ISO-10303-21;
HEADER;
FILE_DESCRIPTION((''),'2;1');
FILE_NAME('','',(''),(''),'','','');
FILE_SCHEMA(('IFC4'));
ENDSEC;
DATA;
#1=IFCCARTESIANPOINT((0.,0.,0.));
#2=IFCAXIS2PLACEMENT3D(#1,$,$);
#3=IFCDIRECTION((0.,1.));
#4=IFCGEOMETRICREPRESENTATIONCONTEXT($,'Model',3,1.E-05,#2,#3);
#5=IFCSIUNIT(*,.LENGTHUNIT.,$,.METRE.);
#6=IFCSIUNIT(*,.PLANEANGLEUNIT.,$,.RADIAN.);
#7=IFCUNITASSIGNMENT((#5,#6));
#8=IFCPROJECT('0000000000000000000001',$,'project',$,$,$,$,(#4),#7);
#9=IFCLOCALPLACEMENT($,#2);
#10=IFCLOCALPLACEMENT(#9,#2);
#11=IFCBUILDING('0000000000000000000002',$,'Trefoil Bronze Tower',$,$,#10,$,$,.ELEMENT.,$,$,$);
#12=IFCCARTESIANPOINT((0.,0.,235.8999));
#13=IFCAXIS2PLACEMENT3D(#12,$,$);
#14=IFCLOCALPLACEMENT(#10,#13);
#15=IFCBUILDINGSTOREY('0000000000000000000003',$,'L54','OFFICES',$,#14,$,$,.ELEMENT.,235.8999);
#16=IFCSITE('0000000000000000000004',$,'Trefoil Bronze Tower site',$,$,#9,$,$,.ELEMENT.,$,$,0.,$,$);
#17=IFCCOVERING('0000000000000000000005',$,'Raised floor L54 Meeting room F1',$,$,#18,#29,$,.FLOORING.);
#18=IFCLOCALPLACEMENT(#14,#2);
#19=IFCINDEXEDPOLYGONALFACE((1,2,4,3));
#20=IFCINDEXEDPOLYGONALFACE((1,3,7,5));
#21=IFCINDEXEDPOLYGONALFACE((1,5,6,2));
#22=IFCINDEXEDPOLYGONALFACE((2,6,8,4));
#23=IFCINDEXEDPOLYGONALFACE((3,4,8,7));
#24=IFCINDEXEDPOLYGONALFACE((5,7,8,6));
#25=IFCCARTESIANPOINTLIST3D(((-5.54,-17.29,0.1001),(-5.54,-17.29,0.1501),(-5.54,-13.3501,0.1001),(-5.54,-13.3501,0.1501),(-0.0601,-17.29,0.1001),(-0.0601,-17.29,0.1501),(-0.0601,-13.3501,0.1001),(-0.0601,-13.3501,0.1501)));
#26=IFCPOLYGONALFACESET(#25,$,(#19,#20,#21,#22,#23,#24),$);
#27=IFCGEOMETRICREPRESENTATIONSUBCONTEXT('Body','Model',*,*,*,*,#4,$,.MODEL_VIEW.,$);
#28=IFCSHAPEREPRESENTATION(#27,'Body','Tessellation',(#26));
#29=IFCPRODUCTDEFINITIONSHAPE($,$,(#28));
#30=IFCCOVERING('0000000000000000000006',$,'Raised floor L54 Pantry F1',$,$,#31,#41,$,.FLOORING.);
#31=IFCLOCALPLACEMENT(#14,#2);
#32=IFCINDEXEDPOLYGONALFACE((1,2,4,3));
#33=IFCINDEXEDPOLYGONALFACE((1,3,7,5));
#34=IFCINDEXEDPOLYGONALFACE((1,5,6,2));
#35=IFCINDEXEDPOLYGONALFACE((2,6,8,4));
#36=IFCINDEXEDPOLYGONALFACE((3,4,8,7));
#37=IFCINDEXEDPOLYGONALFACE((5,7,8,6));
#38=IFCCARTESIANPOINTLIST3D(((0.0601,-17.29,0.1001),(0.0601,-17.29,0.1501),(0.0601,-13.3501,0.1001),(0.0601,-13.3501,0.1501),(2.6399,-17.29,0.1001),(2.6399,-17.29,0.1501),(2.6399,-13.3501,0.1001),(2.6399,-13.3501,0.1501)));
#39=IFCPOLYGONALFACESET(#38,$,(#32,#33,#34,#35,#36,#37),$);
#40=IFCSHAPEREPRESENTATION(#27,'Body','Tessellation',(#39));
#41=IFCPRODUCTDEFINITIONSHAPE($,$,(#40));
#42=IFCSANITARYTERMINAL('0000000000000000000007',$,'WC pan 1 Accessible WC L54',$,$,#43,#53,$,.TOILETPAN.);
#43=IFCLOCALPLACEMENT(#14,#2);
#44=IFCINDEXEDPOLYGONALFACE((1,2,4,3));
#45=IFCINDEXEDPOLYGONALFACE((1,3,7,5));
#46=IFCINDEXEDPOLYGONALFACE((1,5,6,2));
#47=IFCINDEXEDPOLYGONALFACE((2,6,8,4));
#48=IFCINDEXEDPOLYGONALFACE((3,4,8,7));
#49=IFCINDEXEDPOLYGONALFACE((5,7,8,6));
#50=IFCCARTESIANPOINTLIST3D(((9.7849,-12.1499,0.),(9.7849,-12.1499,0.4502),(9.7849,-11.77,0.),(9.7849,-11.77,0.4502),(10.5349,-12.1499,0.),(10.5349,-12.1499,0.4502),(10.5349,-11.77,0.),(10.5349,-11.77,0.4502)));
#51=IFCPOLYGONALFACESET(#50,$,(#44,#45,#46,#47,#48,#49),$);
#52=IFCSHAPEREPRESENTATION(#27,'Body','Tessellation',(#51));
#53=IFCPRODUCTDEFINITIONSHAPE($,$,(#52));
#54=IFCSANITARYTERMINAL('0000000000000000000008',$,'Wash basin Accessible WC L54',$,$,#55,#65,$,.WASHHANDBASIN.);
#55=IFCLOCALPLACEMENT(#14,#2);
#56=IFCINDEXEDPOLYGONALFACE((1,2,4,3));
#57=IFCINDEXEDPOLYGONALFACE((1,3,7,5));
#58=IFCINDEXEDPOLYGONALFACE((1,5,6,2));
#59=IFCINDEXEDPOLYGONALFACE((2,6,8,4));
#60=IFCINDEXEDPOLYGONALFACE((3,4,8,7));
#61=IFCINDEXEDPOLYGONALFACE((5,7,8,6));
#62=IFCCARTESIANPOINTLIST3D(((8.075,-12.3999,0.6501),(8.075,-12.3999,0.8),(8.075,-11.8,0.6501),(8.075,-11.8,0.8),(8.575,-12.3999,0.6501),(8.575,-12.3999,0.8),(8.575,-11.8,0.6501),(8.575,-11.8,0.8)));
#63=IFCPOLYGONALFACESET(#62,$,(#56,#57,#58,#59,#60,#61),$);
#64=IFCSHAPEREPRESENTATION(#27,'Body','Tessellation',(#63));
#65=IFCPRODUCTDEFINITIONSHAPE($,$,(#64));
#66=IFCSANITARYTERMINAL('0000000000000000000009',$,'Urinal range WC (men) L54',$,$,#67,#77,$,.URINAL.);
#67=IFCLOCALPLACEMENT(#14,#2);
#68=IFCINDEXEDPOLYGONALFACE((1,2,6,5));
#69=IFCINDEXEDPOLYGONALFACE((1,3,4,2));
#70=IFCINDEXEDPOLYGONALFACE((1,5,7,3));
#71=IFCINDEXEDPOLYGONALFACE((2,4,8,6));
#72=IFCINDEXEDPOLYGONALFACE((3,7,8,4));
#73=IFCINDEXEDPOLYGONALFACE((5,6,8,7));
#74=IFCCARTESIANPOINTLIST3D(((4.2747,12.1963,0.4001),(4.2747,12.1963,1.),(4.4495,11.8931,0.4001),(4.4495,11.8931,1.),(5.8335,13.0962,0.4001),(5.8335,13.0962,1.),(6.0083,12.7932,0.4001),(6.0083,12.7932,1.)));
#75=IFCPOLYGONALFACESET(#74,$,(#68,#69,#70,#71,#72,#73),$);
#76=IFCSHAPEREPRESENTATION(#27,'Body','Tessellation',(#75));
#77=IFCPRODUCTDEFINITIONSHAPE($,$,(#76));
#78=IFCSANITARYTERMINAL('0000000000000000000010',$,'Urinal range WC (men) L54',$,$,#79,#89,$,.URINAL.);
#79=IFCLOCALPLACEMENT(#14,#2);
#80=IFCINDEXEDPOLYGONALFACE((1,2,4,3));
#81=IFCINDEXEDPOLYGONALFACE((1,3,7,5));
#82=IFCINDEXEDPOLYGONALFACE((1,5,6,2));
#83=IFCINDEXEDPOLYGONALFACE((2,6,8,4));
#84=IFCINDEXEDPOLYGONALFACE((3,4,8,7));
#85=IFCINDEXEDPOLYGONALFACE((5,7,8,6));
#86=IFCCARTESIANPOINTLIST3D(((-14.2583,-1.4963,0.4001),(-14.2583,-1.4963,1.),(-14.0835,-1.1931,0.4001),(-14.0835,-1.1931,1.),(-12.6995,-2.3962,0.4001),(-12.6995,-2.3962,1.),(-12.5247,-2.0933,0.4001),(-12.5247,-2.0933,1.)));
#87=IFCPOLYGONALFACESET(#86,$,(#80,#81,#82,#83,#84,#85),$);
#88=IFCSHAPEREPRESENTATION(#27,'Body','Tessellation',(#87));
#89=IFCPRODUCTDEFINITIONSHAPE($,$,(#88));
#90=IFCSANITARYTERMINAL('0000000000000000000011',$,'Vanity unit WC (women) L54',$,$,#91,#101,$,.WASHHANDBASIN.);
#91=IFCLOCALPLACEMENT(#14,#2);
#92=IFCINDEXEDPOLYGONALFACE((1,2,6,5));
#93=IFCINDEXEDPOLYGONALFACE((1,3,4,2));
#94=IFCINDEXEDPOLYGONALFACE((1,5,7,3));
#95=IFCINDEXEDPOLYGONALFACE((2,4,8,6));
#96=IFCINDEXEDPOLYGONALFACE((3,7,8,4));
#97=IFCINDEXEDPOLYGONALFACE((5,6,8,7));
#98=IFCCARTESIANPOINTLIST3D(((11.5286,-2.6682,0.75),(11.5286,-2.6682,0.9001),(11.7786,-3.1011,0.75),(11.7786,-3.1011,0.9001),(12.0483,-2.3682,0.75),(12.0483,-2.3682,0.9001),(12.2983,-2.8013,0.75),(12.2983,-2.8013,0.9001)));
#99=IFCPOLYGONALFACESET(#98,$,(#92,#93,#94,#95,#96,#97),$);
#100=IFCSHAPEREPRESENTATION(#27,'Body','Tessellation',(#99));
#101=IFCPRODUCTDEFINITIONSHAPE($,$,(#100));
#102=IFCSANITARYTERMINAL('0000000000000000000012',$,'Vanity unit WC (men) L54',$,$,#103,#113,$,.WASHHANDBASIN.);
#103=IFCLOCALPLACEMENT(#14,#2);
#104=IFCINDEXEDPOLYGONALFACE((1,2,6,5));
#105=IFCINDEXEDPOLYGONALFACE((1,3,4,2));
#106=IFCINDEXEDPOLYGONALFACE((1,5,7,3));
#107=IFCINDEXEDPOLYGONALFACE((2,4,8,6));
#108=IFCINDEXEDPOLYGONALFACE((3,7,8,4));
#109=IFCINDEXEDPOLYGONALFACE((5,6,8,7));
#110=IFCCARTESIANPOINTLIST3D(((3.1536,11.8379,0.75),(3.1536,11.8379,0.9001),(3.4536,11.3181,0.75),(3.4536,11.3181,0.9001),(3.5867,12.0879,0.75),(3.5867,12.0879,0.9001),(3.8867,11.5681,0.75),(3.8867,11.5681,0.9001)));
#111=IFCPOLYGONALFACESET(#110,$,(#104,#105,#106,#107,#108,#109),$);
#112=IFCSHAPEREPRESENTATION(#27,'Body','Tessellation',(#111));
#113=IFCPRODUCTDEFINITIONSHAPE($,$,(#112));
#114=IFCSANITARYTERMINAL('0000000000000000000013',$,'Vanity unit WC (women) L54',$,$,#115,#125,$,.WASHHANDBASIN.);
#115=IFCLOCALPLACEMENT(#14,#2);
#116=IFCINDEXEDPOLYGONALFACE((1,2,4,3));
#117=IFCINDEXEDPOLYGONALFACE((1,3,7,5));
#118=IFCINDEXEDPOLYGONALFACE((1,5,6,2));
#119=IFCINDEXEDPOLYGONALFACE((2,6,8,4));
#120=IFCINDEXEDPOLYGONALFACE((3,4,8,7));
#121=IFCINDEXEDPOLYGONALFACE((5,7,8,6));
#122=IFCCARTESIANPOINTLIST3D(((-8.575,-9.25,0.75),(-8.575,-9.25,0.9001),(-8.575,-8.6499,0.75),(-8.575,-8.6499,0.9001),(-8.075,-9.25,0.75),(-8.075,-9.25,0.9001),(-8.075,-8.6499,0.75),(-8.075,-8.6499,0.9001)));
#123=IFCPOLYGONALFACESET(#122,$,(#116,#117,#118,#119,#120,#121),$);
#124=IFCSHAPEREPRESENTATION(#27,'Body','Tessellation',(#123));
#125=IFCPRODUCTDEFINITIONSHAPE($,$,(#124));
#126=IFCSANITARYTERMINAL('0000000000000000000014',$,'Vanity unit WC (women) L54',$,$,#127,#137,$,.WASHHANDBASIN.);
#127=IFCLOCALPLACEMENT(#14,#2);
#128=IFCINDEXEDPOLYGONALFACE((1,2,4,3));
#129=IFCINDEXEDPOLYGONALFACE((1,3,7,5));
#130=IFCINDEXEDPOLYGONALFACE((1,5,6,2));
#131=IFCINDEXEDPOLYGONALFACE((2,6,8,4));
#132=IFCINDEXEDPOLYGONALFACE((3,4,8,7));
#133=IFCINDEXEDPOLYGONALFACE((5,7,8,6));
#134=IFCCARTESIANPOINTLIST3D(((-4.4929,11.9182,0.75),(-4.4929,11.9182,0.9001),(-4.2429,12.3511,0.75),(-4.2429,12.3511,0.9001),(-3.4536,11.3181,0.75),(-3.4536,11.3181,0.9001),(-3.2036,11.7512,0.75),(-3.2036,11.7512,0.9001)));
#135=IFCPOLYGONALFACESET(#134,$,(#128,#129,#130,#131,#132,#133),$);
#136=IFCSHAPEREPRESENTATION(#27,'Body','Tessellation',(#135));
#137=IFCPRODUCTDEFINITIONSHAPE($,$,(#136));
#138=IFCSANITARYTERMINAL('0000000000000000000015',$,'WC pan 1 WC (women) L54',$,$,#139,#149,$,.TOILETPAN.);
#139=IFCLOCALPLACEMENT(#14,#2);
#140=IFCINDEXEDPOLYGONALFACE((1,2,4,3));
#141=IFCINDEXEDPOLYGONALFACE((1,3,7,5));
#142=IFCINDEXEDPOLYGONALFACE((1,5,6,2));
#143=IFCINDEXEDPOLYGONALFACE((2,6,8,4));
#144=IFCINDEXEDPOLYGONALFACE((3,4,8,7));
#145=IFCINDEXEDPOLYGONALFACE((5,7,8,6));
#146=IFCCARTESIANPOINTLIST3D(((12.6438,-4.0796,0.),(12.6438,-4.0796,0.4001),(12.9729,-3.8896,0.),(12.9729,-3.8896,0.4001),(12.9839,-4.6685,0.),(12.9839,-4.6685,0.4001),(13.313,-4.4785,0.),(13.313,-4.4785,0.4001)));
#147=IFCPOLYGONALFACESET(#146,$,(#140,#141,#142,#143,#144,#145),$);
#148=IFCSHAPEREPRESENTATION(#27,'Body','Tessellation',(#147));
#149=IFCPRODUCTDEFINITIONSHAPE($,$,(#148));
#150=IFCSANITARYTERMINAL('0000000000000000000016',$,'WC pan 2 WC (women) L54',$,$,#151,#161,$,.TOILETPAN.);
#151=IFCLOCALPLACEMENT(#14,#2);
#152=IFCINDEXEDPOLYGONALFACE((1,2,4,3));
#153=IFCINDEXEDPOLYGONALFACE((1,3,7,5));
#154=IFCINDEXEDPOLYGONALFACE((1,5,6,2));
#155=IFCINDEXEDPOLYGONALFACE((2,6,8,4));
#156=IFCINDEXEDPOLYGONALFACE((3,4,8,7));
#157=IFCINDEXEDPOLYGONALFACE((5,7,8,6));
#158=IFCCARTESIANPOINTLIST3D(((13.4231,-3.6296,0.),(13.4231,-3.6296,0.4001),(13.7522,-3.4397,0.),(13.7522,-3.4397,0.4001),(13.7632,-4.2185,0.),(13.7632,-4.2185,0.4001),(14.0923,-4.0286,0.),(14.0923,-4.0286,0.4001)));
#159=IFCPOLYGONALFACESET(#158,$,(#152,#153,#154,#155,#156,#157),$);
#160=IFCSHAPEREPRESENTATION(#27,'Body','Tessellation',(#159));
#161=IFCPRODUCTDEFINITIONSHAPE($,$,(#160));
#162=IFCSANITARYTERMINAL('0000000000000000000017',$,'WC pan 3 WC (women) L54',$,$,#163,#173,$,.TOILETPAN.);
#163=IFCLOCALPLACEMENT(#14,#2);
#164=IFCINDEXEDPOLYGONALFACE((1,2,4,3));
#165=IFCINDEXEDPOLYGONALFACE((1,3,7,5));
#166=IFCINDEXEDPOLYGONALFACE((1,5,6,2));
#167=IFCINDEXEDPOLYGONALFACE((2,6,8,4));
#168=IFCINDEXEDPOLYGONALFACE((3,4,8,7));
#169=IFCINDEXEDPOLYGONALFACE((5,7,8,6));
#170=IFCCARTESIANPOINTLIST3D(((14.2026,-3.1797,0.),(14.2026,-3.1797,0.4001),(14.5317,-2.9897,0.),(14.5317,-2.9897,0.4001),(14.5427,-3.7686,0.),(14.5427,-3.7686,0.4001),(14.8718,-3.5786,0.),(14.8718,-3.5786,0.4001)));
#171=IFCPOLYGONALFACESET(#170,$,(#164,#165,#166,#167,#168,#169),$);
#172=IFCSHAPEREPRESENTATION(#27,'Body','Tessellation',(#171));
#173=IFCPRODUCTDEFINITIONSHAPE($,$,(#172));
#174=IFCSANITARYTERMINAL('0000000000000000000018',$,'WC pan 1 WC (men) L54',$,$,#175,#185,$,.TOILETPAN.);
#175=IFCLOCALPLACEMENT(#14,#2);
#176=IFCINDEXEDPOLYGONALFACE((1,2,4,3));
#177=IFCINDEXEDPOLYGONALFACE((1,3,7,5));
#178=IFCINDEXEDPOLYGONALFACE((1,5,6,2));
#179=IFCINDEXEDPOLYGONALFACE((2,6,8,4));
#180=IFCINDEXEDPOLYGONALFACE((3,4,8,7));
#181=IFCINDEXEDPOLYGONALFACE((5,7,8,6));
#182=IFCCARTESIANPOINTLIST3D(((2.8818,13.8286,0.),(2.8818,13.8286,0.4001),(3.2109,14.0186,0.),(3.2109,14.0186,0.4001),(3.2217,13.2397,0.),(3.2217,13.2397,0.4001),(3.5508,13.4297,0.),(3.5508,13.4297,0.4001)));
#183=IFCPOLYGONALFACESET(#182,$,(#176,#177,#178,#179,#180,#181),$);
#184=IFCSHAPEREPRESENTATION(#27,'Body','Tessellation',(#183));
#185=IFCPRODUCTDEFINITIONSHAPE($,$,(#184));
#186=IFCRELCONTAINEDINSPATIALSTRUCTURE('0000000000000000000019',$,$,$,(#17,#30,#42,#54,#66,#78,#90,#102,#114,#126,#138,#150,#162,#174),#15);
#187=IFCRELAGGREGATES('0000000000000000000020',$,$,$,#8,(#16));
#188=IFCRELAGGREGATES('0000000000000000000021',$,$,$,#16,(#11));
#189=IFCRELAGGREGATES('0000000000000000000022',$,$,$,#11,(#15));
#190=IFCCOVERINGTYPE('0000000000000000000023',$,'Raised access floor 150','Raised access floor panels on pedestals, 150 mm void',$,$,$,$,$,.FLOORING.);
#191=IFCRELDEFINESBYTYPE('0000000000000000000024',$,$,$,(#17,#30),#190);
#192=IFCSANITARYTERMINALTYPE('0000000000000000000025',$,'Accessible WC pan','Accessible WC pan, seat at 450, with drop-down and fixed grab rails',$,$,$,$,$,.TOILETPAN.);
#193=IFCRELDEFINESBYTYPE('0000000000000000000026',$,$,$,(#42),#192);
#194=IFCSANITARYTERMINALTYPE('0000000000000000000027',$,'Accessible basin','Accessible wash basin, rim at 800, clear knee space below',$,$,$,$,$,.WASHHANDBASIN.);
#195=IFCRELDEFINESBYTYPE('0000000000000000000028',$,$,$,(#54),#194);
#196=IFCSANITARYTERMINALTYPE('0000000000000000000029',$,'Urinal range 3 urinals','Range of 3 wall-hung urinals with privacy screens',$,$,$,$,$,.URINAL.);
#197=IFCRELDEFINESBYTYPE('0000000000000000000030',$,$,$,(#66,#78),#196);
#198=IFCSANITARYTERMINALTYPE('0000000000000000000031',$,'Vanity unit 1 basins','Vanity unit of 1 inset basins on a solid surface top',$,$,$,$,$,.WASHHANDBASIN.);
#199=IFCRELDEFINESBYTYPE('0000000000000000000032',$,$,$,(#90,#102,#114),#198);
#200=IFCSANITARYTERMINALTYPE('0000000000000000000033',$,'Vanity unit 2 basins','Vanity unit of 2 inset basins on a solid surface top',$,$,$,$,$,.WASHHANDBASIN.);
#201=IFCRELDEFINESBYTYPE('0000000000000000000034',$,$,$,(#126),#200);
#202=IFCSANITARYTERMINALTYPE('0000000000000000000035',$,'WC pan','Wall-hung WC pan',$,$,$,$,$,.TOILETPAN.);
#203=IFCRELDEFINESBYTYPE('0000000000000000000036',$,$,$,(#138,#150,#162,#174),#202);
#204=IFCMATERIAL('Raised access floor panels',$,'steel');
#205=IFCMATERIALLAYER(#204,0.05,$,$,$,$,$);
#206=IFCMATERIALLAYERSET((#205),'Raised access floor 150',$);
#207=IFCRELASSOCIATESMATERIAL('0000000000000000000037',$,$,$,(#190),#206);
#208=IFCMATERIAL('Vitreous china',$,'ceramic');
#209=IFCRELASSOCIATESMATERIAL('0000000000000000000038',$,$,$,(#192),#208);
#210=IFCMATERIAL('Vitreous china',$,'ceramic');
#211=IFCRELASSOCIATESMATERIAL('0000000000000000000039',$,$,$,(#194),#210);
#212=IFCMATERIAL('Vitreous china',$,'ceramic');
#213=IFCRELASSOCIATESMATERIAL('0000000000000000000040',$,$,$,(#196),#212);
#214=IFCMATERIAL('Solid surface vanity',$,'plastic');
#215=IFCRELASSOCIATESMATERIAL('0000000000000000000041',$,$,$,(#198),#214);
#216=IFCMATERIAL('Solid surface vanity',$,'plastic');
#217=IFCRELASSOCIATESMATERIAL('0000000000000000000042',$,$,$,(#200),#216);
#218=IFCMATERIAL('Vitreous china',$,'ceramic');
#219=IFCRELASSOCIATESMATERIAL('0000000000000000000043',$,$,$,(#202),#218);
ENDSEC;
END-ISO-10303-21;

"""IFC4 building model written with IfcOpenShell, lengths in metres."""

from ifc_helpers import new_model, si_unit, direction, frame, origin, place, context, subcontext, project, spatial, polyline, outline, extrude, material, layer, layer_set, type_object, element, save


model = new_model("IFC4")

# Units and contexts
model_context = context("Model", 3, precision=1e-05, world=origin(), true_north=direction((0.0, 1.0)))
body_context = subcontext(model_context, "Body", "Model", "MODEL_VIEW")
ifc_project = project(units=[si_unit("LENGTHUNIT", "METRE"), si_unit("PLANEANGLEUNIT", "RADIAN")], contexts=[model_context])

# Site, building, storey
site_placement = place(None, origin())
site = spatial("IfcSite", under=ifc_project, at=site_placement, Name="Trefoil Bronze Tower site", CompositionType="ELEMENT", RefElevation=0.0)
building_placement = place(site_placement, origin())
building = spatial("IfcBuilding", under=site, at=building_placement, Name="Trefoil Bronze Tower", CompositionType="ELEMENT")
storey_placement = place(building_placement, frame((0.0, 0.0, 235.8999)))
storey = spatial("IfcBuildingStorey", under=building, at=storey_placement, Name="L54", Description="OFFICES", CompositionType="ELEMENT", Elevation=235.8999)

# Coverings
ifc_material_1 = material(Name="Raised access floor panels", Category="steel")
ifc_layer_1 = layer(ifc_material_1, 0.05)
ifc_layer_set_1 = layer_set([ifc_layer_1], Name="Raised access floor 150")
covering_type_1 = type_object("IfcCoveringType", Name="Raised access floor 150", Description="Raised access floor panels on pedestals, 150 mm void", PredefinedType="FLOORING", material=ifc_layer_set_1)
covering_1_placement = place(storey_placement, frame((0.0, 0.0, 0.1001)))
element("IfcCovering", 1, at=covering_1_placement, inside=storey, type_object=covering_type_1, Name="Raised floor L54 Meeting room F1", PredefinedType="FLOORING", context=body_context, shape_type="SweptSolid", body=[
    extrude(outline(polyline([(-0.0601, -13.3501), (-0.0601, -17.29), (-5.54, -17.29), (-5.54, -13.3501), (-0.0601, -13.3501)])), origin(), (0.0, 0.0, 1.0), 0.05),
])
covering_2_placement = place(storey_placement, frame((0.0, 0.0, 0.1001)))
element("IfcCovering", 2, at=covering_2_placement, inside=storey, type_object=covering_type_1, Name="Raised floor L54 Pantry F1", PredefinedType="FLOORING", context=body_context, shape_type="SweptSolid", body=[
    extrude(outline(polyline([(2.6399, -13.3501), (2.6399, -17.29), (0.0601, -17.29), (0.0601, -13.3501), (2.6399, -13.3501)])), origin(), (0.0, 0.0, 1.0), 0.05),
])

# Sanitary terminals
ifc_material_2 = material(Name="Vitreous china", Category="ceramic")
sanitary_terminal_type_1 = type_object("IfcSanitaryTerminalType", Name="Accessible WC pan", Description="Accessible WC pan, seat at 450, with drop-down and fixed grab rails", PredefinedType="TOILETPAN", material=ifc_material_2)
sanitary_terminal_1_placement = place(storey_placement, origin())
element("IfcSanitaryTerminal", 3, at=sanitary_terminal_1_placement, inside=storey, type_object=sanitary_terminal_type_1, Name="WC pan 1 Accessible WC L54", PredefinedType="TOILETPAN", context=body_context, shape_type="SweptSolid", body=[
    extrude(outline(polyline([(9.7849, -11.77), (10.5349, -11.77), (10.5349, -12.1499), (9.7849, -12.1499), (9.7849, -11.77)])), origin(), (0.0, 0.0, 1.0), 0.4502),
])
ifc_material_3 = material(Name="Vitreous china", Category="ceramic")
sanitary_terminal_type_2 = type_object("IfcSanitaryTerminalType", Name="Accessible basin", Description="Accessible wash basin, rim at 800, clear knee space below", PredefinedType="WASHHANDBASIN", material=ifc_material_3)
sanitary_terminal_2_placement = place(storey_placement, frame((0.0, 0.0, 0.6501)))
element("IfcSanitaryTerminal", 4, at=sanitary_terminal_2_placement, inside=storey, type_object=sanitary_terminal_type_2, Name="Wash basin Accessible WC L54", PredefinedType="WASHHANDBASIN", context=body_context, shape_type="SweptSolid", body=[
    extrude(outline(polyline([(8.075, -11.8), (8.575, -11.8), (8.575, -12.3999), (8.075, -12.3999), (8.075, -11.8)])), origin(), (0.0, 0.0, 1.0), 0.1499),
])
ifc_material_4 = material(Name="Vitreous china", Category="ceramic")
sanitary_terminal_type_3 = type_object("IfcSanitaryTerminalType", Name="Urinal range 3 urinals", Description="Range of 3 wall-hung urinals with privacy screens", PredefinedType="URINAL", material=ifc_material_4)
sanitary_terminal_3_placement = place(storey_placement, frame((0.0, 0.0, 0.4001)))
element("IfcSanitaryTerminal", 5, at=sanitary_terminal_3_placement, inside=storey, type_object=sanitary_terminal_type_3, Name="Urinal range WC (men) L54", PredefinedType="URINAL", context=body_context, shape_type="SweptSolid", body=[
    extrude(outline(polyline([(4.4495, 11.8931), (4.2747, 12.1963), (5.8335, 13.0962), (6.0083, 12.7932), (4.4495, 11.8931)])), origin(), (0.0, 0.0, 1.0), 0.5999),
])
sanitary_terminal_4_placement = place(storey_placement, frame((0.0, 0.0, 0.4001)))
element("IfcSanitaryTerminal", 6, at=sanitary_terminal_4_placement, inside=storey, type_object=sanitary_terminal_type_3, Name="Urinal range WC (men) L54", PredefinedType="URINAL", context=body_context, shape_type="SweptSolid", body=[
    extrude(outline(polyline([(-12.5247, -2.0933), (-12.6995, -2.3962), (-14.2583, -1.4963), (-14.0835, -1.1931), (-12.5247, -2.0933)])), origin(), (0.0, 0.0, 1.0), 0.5999),
])
ifc_material_5 = material(Name="Solid surface vanity", Category="plastic")
sanitary_terminal_type_4 = type_object("IfcSanitaryTerminalType", Name="Vanity unit 1 basins", Description="Vanity unit of 1 inset basins on a solid surface top", PredefinedType="WASHHANDBASIN", material=ifc_material_5)
sanitary_terminal_5_placement = place(storey_placement, frame((0.0, 0.0, 0.75)))
element("IfcSanitaryTerminal", 7, at=sanitary_terminal_5_placement, inside=storey, type_object=sanitary_terminal_type_4, Name="Vanity unit WC (women) L54", PredefinedType="WASHHANDBASIN", context=body_context, shape_type="SweptSolid", body=[
    extrude(outline(polyline([(11.5286, -2.6682), (11.7786, -3.1011), (12.2983, -2.8013), (12.0483, -2.3682), (11.5286, -2.6682)])), origin(), (0.0, 0.0, 1.0), 0.1501),
])
sanitary_terminal_6_placement = place(storey_placement, frame((0.0, 0.0, 0.75)))
element("IfcSanitaryTerminal", 8, at=sanitary_terminal_6_placement, inside=storey, type_object=sanitary_terminal_type_4, Name="Vanity unit WC (men) L54", PredefinedType="WASHHANDBASIN", context=body_context, shape_type="SweptSolid", body=[
    extrude(outline(polyline([(3.4536, 11.3181), (3.1536, 11.8379), (3.5867, 12.0879), (3.8867, 11.5681), (3.4536, 11.3181)])), origin(), (0.0, 0.0, 1.0), 0.1501),
])
sanitary_terminal_7_placement = place(storey_placement, frame((0.0, 0.0, 0.75)))
element("IfcSanitaryTerminal", 9, at=sanitary_terminal_7_placement, inside=storey, type_object=sanitary_terminal_type_4, Name="Vanity unit WC (women) L54", PredefinedType="WASHHANDBASIN", context=body_context, shape_type="SweptSolid", body=[
    extrude(outline(polyline([(-8.075, -8.6499), (-8.575, -8.6499), (-8.575, -9.25), (-8.075, -9.25), (-8.075, -8.6499)])), origin(), (0.0, 0.0, 1.0), 0.1501),
])
ifc_material_6 = material(Name="Solid surface vanity", Category="plastic")
sanitary_terminal_type_5 = type_object("IfcSanitaryTerminalType", Name="Vanity unit 2 basins", Description="Vanity unit of 2 inset basins on a solid surface top", PredefinedType="WASHHANDBASIN", material=ifc_material_6)
sanitary_terminal_8_placement = place(storey_placement, frame((0.0, 0.0, 0.75)))
element("IfcSanitaryTerminal", 10, at=sanitary_terminal_8_placement, inside=storey, type_object=sanitary_terminal_type_5, Name="Vanity unit WC (women) L54", PredefinedType="WASHHANDBASIN", context=body_context, shape_type="SweptSolid", body=[
    extrude(outline(polyline([(-3.4536, 11.3181), (-3.2036, 11.7512), (-4.2429, 12.3511), (-4.4929, 11.9182), (-3.4536, 11.3181)])), origin(), (0.0, 0.0, 1.0), 0.1501),
])
ifc_material_7 = material(Name="Vitreous china", Category="ceramic")
sanitary_terminal_type_6 = type_object("IfcSanitaryTerminalType", Name="WC pan", Description="Wall-hung WC pan", PredefinedType="TOILETPAN", material=ifc_material_7)
sanitary_terminal_9_placement = place(storey_placement, origin())
element("IfcSanitaryTerminal", 11, at=sanitary_terminal_9_placement, inside=storey, type_object=sanitary_terminal_type_6, Name="WC pan 1 WC (women) L54", PredefinedType="TOILETPAN", context=body_context, shape_type="SweptSolid", body=[
    extrude(outline(polyline([(12.6438, -4.0796), (12.9839, -4.6685), (13.313, -4.4785), (12.9729, -3.8896), (12.6438, -4.0796)])), origin(), (0.0, 0.0, 1.0), 0.4001),
])
sanitary_terminal_10_placement = place(storey_placement, origin())
element("IfcSanitaryTerminal", 12, at=sanitary_terminal_10_placement, inside=storey, type_object=sanitary_terminal_type_6, Name="WC pan 2 WC (women) L54", PredefinedType="TOILETPAN", context=body_context, shape_type="SweptSolid", body=[
    extrude(outline(polyline([(13.4231, -3.6296), (13.7632, -4.2185), (14.0923, -4.0286), (13.7522, -3.4397), (13.4231, -3.6296)])), origin(), (0.0, 0.0, 1.0), 0.4001),
])
sanitary_terminal_11_placement = place(storey_placement, origin())
element("IfcSanitaryTerminal", 13, at=sanitary_terminal_11_placement, inside=storey, type_object=sanitary_terminal_type_6, Name="WC pan 3 WC (women) L54", PredefinedType="TOILETPAN", context=body_context, shape_type="SweptSolid", body=[
    extrude(outline(polyline([(14.2026, -3.1797), (14.5427, -3.7686), (14.8718, -3.5786), (14.5317, -2.9897), (14.2026, -3.1797)])), origin(), (0.0, 0.0, 1.0), 0.4001),
])
sanitary_terminal_12_placement = place(storey_placement, origin())
element("IfcSanitaryTerminal", 14, at=sanitary_terminal_12_placement, inside=storey, type_object=sanitary_terminal_type_6, Name="WC pan 1 WC (men) L54", PredefinedType="TOILETPAN", context=body_context, shape_type="SweptSolid", body=[
    extrude(outline(polyline([(3.2217, 13.2397), (2.8818, 13.8286), (3.2109, 14.0186), (3.5508, 13.4297), (3.2217, 13.2397)])), origin(), (0.0, 0.0, 1.0), 0.4001),
])

save(model, "model.ifc")
